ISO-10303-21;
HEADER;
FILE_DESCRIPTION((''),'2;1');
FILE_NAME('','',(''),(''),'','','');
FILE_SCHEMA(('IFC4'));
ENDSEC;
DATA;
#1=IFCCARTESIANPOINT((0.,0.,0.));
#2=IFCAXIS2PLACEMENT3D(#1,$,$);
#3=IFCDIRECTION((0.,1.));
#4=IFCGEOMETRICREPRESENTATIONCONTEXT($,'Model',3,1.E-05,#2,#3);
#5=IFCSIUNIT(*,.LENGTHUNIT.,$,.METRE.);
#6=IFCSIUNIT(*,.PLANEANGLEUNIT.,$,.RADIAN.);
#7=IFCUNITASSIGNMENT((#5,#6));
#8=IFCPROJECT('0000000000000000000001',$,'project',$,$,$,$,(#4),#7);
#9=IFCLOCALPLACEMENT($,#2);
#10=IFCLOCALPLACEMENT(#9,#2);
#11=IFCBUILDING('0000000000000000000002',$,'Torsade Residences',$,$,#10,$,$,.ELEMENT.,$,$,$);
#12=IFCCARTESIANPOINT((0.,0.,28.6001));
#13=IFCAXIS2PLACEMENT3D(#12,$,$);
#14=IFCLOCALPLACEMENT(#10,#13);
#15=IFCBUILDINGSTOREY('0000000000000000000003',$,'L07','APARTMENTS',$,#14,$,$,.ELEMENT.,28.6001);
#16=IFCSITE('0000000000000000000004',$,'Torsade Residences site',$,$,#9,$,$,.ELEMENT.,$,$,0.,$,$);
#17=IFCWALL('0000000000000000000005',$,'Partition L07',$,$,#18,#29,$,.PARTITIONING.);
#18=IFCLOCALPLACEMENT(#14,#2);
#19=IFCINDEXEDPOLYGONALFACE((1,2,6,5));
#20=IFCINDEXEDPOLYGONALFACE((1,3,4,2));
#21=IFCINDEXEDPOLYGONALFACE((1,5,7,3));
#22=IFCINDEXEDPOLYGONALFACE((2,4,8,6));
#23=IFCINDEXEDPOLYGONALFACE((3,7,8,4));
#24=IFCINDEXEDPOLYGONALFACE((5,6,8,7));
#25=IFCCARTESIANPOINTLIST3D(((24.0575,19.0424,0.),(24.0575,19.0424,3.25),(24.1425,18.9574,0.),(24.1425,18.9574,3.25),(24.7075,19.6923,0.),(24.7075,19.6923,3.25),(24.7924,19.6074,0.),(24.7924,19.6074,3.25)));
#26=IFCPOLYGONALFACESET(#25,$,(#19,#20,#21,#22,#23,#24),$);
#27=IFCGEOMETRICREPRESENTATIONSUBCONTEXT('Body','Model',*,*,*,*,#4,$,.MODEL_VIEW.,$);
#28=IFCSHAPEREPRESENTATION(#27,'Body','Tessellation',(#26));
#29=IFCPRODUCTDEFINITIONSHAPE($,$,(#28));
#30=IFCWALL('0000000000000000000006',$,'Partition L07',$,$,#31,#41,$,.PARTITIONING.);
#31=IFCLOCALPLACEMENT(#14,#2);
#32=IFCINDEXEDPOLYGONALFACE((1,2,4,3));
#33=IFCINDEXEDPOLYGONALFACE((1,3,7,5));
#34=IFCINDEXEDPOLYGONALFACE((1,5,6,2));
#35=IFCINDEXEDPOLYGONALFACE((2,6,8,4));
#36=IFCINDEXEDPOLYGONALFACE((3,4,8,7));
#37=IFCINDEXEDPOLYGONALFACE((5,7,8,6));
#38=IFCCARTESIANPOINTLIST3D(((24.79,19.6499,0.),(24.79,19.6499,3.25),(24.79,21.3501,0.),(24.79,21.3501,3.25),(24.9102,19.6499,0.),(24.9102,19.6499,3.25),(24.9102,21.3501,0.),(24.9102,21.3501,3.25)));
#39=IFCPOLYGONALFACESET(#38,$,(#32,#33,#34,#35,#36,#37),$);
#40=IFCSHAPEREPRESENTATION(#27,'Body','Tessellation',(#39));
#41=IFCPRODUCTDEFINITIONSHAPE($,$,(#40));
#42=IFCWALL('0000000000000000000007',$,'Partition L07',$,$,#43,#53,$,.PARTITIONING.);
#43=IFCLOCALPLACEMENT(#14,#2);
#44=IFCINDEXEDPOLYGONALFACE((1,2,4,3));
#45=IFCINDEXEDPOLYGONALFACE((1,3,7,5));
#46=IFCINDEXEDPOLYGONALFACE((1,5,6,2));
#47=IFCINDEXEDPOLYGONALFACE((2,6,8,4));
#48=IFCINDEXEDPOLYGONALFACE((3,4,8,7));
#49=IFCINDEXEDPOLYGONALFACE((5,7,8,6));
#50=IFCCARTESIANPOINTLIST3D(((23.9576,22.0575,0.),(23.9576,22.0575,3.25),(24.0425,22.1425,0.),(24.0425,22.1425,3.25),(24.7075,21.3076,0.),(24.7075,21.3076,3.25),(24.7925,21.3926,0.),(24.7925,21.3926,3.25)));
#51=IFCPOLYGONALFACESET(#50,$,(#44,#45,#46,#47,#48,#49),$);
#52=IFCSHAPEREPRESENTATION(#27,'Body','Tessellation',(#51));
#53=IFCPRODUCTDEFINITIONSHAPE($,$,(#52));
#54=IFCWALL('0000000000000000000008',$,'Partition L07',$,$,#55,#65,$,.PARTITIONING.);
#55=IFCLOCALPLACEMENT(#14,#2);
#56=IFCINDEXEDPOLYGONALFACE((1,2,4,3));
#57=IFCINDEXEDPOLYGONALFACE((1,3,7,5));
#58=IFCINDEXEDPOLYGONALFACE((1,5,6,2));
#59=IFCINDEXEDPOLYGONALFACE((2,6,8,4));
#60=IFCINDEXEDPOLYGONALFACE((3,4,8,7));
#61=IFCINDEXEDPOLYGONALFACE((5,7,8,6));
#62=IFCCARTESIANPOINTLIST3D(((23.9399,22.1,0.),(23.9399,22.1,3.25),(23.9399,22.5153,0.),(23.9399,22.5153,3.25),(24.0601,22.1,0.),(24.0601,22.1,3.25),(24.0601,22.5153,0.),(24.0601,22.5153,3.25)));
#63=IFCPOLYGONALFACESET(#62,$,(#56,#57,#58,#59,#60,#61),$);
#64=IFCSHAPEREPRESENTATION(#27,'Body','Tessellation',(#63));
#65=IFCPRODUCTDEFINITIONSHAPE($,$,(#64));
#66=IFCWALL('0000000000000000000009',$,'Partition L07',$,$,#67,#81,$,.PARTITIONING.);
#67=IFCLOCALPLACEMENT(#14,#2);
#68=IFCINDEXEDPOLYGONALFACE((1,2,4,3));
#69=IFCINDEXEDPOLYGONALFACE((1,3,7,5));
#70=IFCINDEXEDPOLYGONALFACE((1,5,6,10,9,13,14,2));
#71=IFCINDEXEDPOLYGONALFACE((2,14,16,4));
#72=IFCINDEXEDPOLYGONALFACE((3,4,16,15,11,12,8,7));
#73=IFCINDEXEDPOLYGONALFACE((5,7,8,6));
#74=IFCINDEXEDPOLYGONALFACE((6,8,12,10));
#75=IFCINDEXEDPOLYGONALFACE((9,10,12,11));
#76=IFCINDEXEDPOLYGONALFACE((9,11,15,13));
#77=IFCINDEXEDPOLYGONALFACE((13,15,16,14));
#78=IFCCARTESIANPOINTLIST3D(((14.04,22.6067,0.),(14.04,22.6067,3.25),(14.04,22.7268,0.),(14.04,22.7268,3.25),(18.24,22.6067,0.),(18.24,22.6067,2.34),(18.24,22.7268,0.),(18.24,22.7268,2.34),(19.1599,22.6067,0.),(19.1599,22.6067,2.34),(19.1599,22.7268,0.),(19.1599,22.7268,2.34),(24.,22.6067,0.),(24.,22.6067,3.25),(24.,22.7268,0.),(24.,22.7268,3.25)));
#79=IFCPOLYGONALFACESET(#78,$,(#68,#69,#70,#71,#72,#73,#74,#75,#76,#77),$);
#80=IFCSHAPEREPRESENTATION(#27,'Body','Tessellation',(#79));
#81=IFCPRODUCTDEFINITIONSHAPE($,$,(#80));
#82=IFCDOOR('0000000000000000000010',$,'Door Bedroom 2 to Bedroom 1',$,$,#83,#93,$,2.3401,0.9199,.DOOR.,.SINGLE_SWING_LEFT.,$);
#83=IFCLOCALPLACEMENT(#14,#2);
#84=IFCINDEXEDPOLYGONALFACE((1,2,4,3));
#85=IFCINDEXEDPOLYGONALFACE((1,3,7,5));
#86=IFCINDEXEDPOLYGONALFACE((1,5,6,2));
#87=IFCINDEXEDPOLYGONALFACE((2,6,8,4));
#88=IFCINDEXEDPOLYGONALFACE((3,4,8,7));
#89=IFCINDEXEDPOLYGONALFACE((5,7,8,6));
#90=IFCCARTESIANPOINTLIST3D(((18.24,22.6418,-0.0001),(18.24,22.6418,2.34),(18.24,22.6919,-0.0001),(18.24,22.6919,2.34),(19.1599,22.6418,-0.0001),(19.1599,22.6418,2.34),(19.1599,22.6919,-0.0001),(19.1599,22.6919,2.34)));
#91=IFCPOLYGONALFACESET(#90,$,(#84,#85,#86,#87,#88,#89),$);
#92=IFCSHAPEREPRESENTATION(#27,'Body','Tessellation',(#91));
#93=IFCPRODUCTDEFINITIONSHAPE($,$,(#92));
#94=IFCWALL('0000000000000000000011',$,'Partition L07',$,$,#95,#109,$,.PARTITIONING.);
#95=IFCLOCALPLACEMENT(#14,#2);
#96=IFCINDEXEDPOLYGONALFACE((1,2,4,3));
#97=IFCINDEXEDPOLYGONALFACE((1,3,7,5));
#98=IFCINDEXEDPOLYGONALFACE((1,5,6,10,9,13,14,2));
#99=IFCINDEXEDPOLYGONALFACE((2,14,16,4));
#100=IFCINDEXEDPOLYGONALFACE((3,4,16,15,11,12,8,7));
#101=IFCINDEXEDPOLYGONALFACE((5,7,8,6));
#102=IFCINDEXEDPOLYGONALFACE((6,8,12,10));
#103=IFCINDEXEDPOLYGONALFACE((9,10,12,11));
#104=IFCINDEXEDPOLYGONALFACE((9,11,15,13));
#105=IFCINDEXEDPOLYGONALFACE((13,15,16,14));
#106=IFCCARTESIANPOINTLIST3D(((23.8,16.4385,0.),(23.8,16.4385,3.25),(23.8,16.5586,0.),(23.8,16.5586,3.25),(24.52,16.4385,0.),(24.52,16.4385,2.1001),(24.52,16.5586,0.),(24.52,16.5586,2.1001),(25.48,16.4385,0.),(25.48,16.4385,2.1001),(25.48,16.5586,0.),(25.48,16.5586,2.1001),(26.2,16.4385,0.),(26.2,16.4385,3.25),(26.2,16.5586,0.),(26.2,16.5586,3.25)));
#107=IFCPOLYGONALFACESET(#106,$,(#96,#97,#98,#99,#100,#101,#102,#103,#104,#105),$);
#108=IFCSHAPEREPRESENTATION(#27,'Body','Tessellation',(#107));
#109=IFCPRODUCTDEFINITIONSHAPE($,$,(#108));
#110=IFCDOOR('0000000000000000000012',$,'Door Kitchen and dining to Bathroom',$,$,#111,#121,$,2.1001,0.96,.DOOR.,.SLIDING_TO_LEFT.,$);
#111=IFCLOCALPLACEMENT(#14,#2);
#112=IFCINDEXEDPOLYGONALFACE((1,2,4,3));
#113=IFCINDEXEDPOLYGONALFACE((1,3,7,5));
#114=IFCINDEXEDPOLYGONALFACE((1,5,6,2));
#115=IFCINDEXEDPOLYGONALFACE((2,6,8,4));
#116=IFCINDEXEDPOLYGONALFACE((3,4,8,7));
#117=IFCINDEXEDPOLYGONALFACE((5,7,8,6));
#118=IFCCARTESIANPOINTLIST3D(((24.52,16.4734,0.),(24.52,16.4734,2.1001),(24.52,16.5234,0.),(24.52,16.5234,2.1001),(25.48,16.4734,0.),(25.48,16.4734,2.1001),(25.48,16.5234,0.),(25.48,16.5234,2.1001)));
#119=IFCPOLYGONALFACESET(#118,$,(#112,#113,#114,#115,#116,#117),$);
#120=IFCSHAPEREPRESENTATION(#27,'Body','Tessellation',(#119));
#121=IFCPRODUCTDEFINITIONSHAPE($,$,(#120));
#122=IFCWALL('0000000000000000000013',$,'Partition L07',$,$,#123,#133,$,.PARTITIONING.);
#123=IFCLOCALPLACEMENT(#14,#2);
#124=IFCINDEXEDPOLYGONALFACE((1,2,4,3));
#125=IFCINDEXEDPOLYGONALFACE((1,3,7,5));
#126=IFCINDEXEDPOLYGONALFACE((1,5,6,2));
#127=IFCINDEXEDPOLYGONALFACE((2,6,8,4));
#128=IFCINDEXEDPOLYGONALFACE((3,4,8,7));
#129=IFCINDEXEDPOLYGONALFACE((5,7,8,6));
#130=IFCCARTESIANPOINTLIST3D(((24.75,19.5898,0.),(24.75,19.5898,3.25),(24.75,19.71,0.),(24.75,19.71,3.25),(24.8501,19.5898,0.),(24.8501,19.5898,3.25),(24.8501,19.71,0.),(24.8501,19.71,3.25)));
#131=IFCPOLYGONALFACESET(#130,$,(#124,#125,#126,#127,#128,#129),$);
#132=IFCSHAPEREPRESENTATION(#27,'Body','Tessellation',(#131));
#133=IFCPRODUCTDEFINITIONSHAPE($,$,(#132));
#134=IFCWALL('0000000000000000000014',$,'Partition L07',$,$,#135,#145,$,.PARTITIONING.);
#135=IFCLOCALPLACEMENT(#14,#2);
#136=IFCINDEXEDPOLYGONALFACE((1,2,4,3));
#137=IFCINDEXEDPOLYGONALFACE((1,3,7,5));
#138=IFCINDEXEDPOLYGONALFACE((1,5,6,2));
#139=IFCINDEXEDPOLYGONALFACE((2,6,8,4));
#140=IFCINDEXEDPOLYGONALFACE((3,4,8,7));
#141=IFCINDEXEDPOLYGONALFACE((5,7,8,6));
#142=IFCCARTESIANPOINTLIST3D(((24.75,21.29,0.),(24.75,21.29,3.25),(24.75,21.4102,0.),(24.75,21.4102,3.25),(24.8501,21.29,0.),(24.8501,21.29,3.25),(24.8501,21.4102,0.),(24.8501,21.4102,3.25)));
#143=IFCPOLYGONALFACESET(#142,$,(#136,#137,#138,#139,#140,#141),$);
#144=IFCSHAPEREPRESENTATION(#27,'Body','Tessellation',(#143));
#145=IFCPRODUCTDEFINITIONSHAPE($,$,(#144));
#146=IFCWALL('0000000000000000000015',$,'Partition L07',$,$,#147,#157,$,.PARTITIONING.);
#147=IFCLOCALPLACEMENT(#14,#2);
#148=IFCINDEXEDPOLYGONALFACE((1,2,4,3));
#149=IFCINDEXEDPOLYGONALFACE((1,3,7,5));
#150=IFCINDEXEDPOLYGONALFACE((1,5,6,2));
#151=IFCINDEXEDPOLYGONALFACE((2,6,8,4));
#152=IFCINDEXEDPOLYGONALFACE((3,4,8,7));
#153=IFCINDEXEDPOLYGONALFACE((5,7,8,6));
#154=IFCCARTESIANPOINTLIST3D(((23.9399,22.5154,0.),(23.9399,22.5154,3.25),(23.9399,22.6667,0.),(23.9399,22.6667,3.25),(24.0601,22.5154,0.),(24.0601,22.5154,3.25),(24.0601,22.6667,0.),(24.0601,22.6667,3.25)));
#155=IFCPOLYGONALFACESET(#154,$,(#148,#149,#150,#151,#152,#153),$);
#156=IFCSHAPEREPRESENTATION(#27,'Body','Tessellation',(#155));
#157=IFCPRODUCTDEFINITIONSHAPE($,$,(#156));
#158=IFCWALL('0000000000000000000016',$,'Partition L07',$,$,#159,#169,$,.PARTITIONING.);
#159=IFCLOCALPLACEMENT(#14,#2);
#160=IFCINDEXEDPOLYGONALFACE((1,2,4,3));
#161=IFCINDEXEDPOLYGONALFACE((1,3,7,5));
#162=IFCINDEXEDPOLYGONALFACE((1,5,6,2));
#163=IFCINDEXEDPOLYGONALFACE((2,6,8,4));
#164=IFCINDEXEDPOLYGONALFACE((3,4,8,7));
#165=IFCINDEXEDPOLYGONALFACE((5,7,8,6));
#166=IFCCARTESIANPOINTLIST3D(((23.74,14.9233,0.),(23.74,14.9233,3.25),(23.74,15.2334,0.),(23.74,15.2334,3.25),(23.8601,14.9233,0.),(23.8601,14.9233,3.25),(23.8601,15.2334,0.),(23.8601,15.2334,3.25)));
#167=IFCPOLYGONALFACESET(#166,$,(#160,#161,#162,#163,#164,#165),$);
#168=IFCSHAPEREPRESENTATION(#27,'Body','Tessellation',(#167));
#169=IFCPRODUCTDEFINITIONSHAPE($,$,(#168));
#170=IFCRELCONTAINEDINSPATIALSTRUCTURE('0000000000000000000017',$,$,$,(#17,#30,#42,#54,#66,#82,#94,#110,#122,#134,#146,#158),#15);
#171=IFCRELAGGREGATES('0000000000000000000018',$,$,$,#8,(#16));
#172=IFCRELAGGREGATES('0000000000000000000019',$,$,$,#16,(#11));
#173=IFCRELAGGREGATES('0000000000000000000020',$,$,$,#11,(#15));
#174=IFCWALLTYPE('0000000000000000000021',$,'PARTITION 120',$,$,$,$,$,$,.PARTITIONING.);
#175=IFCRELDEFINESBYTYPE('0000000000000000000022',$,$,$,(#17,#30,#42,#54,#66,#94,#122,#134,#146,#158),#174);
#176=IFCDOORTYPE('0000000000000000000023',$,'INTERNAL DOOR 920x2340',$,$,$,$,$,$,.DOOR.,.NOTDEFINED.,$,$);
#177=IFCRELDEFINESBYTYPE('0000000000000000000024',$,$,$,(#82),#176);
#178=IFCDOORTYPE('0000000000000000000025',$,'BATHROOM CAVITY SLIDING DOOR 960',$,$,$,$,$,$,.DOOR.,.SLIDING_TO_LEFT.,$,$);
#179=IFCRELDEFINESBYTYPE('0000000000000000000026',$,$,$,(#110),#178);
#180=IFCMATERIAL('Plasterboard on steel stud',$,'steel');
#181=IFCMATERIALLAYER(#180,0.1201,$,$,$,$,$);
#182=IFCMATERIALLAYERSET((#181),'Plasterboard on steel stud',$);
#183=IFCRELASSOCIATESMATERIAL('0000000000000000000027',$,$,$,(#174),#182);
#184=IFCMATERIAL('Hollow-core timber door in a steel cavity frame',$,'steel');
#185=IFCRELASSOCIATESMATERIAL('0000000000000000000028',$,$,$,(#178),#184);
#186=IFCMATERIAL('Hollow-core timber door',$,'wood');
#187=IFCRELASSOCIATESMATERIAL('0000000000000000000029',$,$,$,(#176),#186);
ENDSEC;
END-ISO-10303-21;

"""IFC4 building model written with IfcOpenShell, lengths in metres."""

from ifc_helpers import new_model, si_unit, direction, frame, frame_2d, origin, place, context, subcontext, project, spatial, rectangle, extrude, material, layer, layer_set, type_object, element, fill, save


model = new_model("IFC4")

# Units and contexts
model_context = context("Model", 3, precision=1e-05, world=origin(), true_north=direction((0.0, 1.0)))
body_context = subcontext(model_context, "Body", "Model", "MODEL_VIEW")
ifc_project = project(units=[si_unit("LENGTHUNIT", "METRE"), si_unit("PLANEANGLEUNIT", "RADIAN")], contexts=[model_context])

# Site, building, storey
site_placement = place(None, origin())
site = spatial("IfcSite", under=ifc_project, at=site_placement, Name="Torsade Residences site", CompositionType="ELEMENT", RefElevation=0.0)
building_placement = place(site_placement, origin())
building = spatial("IfcBuilding", under=site, at=building_placement, Name="Torsade Residences", CompositionType="ELEMENT")
storey_placement = place(building_placement, frame((0.0, 0.0, 28.6001)))
storey = spatial("IfcBuildingStorey", under=building, at=storey_placement, Name="L07", Description="APARTMENTS", CompositionType="ELEMENT", Elevation=28.6001)

# Shared definitions
ifc_material_1 = material(Name="Plasterboard on steel stud", Category="steel")
ifc_layer_1 = layer(ifc_material_1, 0.1201)
ifc_layer_set_1 = layer_set([ifc_layer_1], Name="Plasterboard on steel stud")
wall_type_1 = type_object("IfcWallType", Name="PARTITION 120", PredefinedType="PARTITIONING", material=ifc_layer_set_1)
ifc_material_2 = material(Name="Hollow-core timber door in a steel cavity frame", Category="steel")
door_type_1 = type_object("IfcDoorType", Name="BATHROOM CAVITY SLIDING DOOR 960", OperationType="SLIDING_TO_LEFT", PredefinedType="DOOR", material=ifc_material_2)

# Walls
wall_1_placement = place(storey_placement, frame((24.1001, 19.0, 0.0), z_axis=(0.0, 0.0, 1.0), x_axis=(0.707107, 0.707107, 0.0)))
element("IfcWall", 1, at=wall_1_placement, inside=storey, type_object=wall_type_1, Name="Partition L07", PredefinedType="PARTITIONING", context=body_context, shape_type="SweptSolid", body=[
    extrude(rectangle(XDim=0.9192, YDim=0.1201, at=frame_2d((0.4595, 0.0))), origin(), (0.0, 0.0, 1.0), 3.25),
])
wall_2_placement = place(storey_placement, frame((24.8501, 19.6499, 0.0), z_axis=(0.0, 0.0, 1.0), x_axis=(0.0, 1.0, 0.0)))
element("IfcWall", 2, at=wall_2_placement, inside=storey, type_object=wall_type_1, Name="Partition L07", PredefinedType="PARTITIONING", context=body_context, shape_type="SweptSolid", body=[
    extrude(rectangle(XDim=1.7002, YDim=0.1201, at=frame_2d((0.8501, 0.0))), origin(), (0.0, 0.0, 1.0), 3.25),
])
wall_3_placement = place(storey_placement, frame((24.75, 21.3501, 0.0), z_axis=(0.0, 0.0, 1.0), x_axis=(-0.707107, 0.707107, 0.0)))
element("IfcWall", 3, at=wall_3_placement, inside=storey, type_object=wall_type_1, Name="Partition L07", PredefinedType="PARTITIONING", context=body_context, shape_type="SweptSolid", body=[
    extrude(rectangle(XDim=1.0605, YDim=0.1201, at=frame_2d((0.5303, 0.0))), origin(), (0.0, 0.0, 1.0), 3.25),
])
wall_4_placement = place(storey_placement, frame((24.0, 22.1001, 0.0), z_axis=(0.0, 0.0, 1.0), x_axis=(0.0, 1.0, 0.0)))
element("IfcWall", 4, at=wall_4_placement, inside=storey, type_object=wall_type_1, Name="Partition L07", PredefinedType="PARTITIONING", context=body_context, shape_type="SweptSolid", body=[
    extrude(rectangle(XDim=0.4153, YDim=0.1201, at=frame_2d((0.2075, 0.0))), origin(), (0.0, 0.0, 1.0), 3.25),
])

# Walls, openings, doors
wall_5_placement = place(storey_placement, frame((24.0, 22.6667, 0.0), z_axis=(0.0, 0.0, 1.0), x_axis=(-1.0, 0.0, 0.0)))
wall_5 = element("IfcWall", 5, at=wall_5_placement, inside=storey, type_object=wall_type_1, Name="Partition L07", PredefinedType="PARTITIONING", context=body_context, shape_type="SweptSolid", body=[
    extrude(rectangle(XDim=9.96, YDim=0.1201, at=frame_2d((4.98, 0.0))), origin(), (0.0, 0.0, 1.0), 3.25),
])
opening_1_placement = place(wall_5_placement, frame((4.8401, 0.0, 0.0)))
opening_1 = element("IfcOpeningElement", 6, at=opening_1_placement, cuts=wall_5, PredefinedType="OPENING", context=body_context, shape_type="SweptSolid", body=[
    extrude(rectangle(XDim=0.9199, YDim=2.3401, at=frame_2d((0.46, 1.1699))), frame((0.0, 0.0701, 0.0), z_axis=(0.0, -1.0, 0.0), x_axis=(1.0, 0.0, 0.0)), (0.0, 0.0, 1.0), 0.1401),
])
ifc_material_3 = material(Name="Hollow-core timber door", Category="wood")
door_type_2 = type_object("IfcDoorType", Name="INTERNAL DOOR 920x2340", OperationType="NOTDEFINED", PredefinedType="DOOR", material=ifc_material_3)
door_1_placement = place(opening_1_placement, origin())
door_1 = element("IfcDoor", 7, at=door_1_placement, inside=storey, type_object=door_type_2, Name="Door Bedroom 2 to Bedroom 1", OperationType="SINGLE_SWING_LEFT", OverallHeight=2.3401, OverallWidth=0.9199, PredefinedType="DOOR", context=body_context, shape_type="SweptSolid", body=[
    extrude(rectangle(XDim=0.9199, YDim=2.3401, at=frame_2d((0.46, 1.1699))), frame((0.0, 0.0249, 0.0), z_axis=(0.0, -1.0, 0.0), x_axis=(1.0, 0.0, 0.0)), (0.0, 0.0, 1.0), 0.05),
])
fill(opening_1, door_1)
wall_6_placement = place(storey_placement, frame((23.8, 16.4985, 0.0), z_axis=(0.0, 0.0, 1.0), x_axis=(1.0, 0.0, 0.0)))
wall_6 = element("IfcWall", 8, at=wall_6_placement, inside=storey, type_object=wall_type_1, Name="Partition L07", PredefinedType="PARTITIONING", context=body_context, shape_type="SweptSolid", body=[
    extrude(rectangle(XDim=2.3999, YDim=0.1201, at=frame_2d((1.2, 0.0))), origin(), (0.0, 0.0, 1.0), 3.25),
])
opening_2_placement = place(wall_6_placement, frame((0.72, 0.0, 0.0)))
opening_2 = element("IfcOpeningElement", 9, at=opening_2_placement, cuts=wall_6, PredefinedType="OPENING", context=body_context, shape_type="SweptSolid", body=[
    extrude(rectangle(XDim=0.96, YDim=2.1001, at=frame_2d((0.48, 1.05))), frame((0.0, 0.0701, 0.0), z_axis=(0.0, -1.0, 0.0), x_axis=(1.0, 0.0, 0.0)), (0.0, 0.0, 1.0), 0.1401),
])
door_2_placement = place(opening_2_placement, origin())
door_2 = element("IfcDoor", 10, at=door_2_placement, inside=storey, type_object=door_type_1, Name="Door Kitchen and dining to Bathroom", OperationType="SLIDING_TO_LEFT", OverallHeight=2.1001, OverallWidth=0.96, PredefinedType="DOOR", context=body_context, shape_type="SweptSolid", body=[
    extrude(rectangle(XDim=0.96, YDim=2.1001, at=frame_2d((0.48, 1.05))), frame((0.0, 0.0249, 0.0), z_axis=(0.0, -1.0, 0.0), x_axis=(1.0, 0.0, 0.0)), (0.0, 0.0, 1.0), 0.05),
])
fill(opening_2, door_2)

# Walls
for number, where, z_axis, x_axis, name in (
    (11, (24.8501, 19.6499, 0.0), (0.0, 0.0, 1.0), (-1.0, 0.0, 0.0), "Partition L07"),
    (12, (24.8501, 21.3501, 0.0), (0.0, 0.0, 1.0), (-1.0, 0.0, 0.0), "Partition L07"),
):
    element("IfcWall", number, at=place(storey_placement, frame(where, z_axis=z_axis, x_axis=x_axis)), inside=storey, type_object=wall_type_1, Name=name, PredefinedType="PARTITIONING", context=body_context, shape_type="SweptSolid", body=[
        extrude(rectangle(XDim=0.1001, YDim=0.1201, at=frame_2d((0.05, 0.0))), origin(), (0.0, 0.0, 1.0), 3.25),
    ])
wall_7_placement = place(storey_placement, frame((24.0, 22.6667, 0.0), z_axis=(0.0, 0.0, 1.0), x_axis=(0.0, -1.0, 0.0)))
element("IfcWall", 13, at=wall_7_placement, inside=storey, type_object=wall_type_1, Name="Partition L07", PredefinedType="PARTITIONING", context=body_context, shape_type="SweptSolid", body=[
    extrude(rectangle(XDim=0.1514, YDim=0.1201, at=frame_2d((0.0757, 0.0))), origin(), (0.0, 0.0, 1.0), 3.25),
])
wall_8_placement = place(storey_placement, frame((23.8, 15.2334, 0.0), z_axis=(0.0, 0.0, 1.0), x_axis=(0.0, -1.0, 0.0)))
element("IfcWall", 14, at=wall_8_placement, inside=storey, type_object=wall_type_1, Name="Partition L07", PredefinedType="PARTITIONING", context=body_context, shape_type="SweptSolid", body=[
    extrude(rectangle(XDim=0.3101, YDim=0.1201, at=frame_2d((0.155, 0.0))), origin(), (0.0, 0.0, 1.0), 3.25),
])

save(model, "model.ifc")
